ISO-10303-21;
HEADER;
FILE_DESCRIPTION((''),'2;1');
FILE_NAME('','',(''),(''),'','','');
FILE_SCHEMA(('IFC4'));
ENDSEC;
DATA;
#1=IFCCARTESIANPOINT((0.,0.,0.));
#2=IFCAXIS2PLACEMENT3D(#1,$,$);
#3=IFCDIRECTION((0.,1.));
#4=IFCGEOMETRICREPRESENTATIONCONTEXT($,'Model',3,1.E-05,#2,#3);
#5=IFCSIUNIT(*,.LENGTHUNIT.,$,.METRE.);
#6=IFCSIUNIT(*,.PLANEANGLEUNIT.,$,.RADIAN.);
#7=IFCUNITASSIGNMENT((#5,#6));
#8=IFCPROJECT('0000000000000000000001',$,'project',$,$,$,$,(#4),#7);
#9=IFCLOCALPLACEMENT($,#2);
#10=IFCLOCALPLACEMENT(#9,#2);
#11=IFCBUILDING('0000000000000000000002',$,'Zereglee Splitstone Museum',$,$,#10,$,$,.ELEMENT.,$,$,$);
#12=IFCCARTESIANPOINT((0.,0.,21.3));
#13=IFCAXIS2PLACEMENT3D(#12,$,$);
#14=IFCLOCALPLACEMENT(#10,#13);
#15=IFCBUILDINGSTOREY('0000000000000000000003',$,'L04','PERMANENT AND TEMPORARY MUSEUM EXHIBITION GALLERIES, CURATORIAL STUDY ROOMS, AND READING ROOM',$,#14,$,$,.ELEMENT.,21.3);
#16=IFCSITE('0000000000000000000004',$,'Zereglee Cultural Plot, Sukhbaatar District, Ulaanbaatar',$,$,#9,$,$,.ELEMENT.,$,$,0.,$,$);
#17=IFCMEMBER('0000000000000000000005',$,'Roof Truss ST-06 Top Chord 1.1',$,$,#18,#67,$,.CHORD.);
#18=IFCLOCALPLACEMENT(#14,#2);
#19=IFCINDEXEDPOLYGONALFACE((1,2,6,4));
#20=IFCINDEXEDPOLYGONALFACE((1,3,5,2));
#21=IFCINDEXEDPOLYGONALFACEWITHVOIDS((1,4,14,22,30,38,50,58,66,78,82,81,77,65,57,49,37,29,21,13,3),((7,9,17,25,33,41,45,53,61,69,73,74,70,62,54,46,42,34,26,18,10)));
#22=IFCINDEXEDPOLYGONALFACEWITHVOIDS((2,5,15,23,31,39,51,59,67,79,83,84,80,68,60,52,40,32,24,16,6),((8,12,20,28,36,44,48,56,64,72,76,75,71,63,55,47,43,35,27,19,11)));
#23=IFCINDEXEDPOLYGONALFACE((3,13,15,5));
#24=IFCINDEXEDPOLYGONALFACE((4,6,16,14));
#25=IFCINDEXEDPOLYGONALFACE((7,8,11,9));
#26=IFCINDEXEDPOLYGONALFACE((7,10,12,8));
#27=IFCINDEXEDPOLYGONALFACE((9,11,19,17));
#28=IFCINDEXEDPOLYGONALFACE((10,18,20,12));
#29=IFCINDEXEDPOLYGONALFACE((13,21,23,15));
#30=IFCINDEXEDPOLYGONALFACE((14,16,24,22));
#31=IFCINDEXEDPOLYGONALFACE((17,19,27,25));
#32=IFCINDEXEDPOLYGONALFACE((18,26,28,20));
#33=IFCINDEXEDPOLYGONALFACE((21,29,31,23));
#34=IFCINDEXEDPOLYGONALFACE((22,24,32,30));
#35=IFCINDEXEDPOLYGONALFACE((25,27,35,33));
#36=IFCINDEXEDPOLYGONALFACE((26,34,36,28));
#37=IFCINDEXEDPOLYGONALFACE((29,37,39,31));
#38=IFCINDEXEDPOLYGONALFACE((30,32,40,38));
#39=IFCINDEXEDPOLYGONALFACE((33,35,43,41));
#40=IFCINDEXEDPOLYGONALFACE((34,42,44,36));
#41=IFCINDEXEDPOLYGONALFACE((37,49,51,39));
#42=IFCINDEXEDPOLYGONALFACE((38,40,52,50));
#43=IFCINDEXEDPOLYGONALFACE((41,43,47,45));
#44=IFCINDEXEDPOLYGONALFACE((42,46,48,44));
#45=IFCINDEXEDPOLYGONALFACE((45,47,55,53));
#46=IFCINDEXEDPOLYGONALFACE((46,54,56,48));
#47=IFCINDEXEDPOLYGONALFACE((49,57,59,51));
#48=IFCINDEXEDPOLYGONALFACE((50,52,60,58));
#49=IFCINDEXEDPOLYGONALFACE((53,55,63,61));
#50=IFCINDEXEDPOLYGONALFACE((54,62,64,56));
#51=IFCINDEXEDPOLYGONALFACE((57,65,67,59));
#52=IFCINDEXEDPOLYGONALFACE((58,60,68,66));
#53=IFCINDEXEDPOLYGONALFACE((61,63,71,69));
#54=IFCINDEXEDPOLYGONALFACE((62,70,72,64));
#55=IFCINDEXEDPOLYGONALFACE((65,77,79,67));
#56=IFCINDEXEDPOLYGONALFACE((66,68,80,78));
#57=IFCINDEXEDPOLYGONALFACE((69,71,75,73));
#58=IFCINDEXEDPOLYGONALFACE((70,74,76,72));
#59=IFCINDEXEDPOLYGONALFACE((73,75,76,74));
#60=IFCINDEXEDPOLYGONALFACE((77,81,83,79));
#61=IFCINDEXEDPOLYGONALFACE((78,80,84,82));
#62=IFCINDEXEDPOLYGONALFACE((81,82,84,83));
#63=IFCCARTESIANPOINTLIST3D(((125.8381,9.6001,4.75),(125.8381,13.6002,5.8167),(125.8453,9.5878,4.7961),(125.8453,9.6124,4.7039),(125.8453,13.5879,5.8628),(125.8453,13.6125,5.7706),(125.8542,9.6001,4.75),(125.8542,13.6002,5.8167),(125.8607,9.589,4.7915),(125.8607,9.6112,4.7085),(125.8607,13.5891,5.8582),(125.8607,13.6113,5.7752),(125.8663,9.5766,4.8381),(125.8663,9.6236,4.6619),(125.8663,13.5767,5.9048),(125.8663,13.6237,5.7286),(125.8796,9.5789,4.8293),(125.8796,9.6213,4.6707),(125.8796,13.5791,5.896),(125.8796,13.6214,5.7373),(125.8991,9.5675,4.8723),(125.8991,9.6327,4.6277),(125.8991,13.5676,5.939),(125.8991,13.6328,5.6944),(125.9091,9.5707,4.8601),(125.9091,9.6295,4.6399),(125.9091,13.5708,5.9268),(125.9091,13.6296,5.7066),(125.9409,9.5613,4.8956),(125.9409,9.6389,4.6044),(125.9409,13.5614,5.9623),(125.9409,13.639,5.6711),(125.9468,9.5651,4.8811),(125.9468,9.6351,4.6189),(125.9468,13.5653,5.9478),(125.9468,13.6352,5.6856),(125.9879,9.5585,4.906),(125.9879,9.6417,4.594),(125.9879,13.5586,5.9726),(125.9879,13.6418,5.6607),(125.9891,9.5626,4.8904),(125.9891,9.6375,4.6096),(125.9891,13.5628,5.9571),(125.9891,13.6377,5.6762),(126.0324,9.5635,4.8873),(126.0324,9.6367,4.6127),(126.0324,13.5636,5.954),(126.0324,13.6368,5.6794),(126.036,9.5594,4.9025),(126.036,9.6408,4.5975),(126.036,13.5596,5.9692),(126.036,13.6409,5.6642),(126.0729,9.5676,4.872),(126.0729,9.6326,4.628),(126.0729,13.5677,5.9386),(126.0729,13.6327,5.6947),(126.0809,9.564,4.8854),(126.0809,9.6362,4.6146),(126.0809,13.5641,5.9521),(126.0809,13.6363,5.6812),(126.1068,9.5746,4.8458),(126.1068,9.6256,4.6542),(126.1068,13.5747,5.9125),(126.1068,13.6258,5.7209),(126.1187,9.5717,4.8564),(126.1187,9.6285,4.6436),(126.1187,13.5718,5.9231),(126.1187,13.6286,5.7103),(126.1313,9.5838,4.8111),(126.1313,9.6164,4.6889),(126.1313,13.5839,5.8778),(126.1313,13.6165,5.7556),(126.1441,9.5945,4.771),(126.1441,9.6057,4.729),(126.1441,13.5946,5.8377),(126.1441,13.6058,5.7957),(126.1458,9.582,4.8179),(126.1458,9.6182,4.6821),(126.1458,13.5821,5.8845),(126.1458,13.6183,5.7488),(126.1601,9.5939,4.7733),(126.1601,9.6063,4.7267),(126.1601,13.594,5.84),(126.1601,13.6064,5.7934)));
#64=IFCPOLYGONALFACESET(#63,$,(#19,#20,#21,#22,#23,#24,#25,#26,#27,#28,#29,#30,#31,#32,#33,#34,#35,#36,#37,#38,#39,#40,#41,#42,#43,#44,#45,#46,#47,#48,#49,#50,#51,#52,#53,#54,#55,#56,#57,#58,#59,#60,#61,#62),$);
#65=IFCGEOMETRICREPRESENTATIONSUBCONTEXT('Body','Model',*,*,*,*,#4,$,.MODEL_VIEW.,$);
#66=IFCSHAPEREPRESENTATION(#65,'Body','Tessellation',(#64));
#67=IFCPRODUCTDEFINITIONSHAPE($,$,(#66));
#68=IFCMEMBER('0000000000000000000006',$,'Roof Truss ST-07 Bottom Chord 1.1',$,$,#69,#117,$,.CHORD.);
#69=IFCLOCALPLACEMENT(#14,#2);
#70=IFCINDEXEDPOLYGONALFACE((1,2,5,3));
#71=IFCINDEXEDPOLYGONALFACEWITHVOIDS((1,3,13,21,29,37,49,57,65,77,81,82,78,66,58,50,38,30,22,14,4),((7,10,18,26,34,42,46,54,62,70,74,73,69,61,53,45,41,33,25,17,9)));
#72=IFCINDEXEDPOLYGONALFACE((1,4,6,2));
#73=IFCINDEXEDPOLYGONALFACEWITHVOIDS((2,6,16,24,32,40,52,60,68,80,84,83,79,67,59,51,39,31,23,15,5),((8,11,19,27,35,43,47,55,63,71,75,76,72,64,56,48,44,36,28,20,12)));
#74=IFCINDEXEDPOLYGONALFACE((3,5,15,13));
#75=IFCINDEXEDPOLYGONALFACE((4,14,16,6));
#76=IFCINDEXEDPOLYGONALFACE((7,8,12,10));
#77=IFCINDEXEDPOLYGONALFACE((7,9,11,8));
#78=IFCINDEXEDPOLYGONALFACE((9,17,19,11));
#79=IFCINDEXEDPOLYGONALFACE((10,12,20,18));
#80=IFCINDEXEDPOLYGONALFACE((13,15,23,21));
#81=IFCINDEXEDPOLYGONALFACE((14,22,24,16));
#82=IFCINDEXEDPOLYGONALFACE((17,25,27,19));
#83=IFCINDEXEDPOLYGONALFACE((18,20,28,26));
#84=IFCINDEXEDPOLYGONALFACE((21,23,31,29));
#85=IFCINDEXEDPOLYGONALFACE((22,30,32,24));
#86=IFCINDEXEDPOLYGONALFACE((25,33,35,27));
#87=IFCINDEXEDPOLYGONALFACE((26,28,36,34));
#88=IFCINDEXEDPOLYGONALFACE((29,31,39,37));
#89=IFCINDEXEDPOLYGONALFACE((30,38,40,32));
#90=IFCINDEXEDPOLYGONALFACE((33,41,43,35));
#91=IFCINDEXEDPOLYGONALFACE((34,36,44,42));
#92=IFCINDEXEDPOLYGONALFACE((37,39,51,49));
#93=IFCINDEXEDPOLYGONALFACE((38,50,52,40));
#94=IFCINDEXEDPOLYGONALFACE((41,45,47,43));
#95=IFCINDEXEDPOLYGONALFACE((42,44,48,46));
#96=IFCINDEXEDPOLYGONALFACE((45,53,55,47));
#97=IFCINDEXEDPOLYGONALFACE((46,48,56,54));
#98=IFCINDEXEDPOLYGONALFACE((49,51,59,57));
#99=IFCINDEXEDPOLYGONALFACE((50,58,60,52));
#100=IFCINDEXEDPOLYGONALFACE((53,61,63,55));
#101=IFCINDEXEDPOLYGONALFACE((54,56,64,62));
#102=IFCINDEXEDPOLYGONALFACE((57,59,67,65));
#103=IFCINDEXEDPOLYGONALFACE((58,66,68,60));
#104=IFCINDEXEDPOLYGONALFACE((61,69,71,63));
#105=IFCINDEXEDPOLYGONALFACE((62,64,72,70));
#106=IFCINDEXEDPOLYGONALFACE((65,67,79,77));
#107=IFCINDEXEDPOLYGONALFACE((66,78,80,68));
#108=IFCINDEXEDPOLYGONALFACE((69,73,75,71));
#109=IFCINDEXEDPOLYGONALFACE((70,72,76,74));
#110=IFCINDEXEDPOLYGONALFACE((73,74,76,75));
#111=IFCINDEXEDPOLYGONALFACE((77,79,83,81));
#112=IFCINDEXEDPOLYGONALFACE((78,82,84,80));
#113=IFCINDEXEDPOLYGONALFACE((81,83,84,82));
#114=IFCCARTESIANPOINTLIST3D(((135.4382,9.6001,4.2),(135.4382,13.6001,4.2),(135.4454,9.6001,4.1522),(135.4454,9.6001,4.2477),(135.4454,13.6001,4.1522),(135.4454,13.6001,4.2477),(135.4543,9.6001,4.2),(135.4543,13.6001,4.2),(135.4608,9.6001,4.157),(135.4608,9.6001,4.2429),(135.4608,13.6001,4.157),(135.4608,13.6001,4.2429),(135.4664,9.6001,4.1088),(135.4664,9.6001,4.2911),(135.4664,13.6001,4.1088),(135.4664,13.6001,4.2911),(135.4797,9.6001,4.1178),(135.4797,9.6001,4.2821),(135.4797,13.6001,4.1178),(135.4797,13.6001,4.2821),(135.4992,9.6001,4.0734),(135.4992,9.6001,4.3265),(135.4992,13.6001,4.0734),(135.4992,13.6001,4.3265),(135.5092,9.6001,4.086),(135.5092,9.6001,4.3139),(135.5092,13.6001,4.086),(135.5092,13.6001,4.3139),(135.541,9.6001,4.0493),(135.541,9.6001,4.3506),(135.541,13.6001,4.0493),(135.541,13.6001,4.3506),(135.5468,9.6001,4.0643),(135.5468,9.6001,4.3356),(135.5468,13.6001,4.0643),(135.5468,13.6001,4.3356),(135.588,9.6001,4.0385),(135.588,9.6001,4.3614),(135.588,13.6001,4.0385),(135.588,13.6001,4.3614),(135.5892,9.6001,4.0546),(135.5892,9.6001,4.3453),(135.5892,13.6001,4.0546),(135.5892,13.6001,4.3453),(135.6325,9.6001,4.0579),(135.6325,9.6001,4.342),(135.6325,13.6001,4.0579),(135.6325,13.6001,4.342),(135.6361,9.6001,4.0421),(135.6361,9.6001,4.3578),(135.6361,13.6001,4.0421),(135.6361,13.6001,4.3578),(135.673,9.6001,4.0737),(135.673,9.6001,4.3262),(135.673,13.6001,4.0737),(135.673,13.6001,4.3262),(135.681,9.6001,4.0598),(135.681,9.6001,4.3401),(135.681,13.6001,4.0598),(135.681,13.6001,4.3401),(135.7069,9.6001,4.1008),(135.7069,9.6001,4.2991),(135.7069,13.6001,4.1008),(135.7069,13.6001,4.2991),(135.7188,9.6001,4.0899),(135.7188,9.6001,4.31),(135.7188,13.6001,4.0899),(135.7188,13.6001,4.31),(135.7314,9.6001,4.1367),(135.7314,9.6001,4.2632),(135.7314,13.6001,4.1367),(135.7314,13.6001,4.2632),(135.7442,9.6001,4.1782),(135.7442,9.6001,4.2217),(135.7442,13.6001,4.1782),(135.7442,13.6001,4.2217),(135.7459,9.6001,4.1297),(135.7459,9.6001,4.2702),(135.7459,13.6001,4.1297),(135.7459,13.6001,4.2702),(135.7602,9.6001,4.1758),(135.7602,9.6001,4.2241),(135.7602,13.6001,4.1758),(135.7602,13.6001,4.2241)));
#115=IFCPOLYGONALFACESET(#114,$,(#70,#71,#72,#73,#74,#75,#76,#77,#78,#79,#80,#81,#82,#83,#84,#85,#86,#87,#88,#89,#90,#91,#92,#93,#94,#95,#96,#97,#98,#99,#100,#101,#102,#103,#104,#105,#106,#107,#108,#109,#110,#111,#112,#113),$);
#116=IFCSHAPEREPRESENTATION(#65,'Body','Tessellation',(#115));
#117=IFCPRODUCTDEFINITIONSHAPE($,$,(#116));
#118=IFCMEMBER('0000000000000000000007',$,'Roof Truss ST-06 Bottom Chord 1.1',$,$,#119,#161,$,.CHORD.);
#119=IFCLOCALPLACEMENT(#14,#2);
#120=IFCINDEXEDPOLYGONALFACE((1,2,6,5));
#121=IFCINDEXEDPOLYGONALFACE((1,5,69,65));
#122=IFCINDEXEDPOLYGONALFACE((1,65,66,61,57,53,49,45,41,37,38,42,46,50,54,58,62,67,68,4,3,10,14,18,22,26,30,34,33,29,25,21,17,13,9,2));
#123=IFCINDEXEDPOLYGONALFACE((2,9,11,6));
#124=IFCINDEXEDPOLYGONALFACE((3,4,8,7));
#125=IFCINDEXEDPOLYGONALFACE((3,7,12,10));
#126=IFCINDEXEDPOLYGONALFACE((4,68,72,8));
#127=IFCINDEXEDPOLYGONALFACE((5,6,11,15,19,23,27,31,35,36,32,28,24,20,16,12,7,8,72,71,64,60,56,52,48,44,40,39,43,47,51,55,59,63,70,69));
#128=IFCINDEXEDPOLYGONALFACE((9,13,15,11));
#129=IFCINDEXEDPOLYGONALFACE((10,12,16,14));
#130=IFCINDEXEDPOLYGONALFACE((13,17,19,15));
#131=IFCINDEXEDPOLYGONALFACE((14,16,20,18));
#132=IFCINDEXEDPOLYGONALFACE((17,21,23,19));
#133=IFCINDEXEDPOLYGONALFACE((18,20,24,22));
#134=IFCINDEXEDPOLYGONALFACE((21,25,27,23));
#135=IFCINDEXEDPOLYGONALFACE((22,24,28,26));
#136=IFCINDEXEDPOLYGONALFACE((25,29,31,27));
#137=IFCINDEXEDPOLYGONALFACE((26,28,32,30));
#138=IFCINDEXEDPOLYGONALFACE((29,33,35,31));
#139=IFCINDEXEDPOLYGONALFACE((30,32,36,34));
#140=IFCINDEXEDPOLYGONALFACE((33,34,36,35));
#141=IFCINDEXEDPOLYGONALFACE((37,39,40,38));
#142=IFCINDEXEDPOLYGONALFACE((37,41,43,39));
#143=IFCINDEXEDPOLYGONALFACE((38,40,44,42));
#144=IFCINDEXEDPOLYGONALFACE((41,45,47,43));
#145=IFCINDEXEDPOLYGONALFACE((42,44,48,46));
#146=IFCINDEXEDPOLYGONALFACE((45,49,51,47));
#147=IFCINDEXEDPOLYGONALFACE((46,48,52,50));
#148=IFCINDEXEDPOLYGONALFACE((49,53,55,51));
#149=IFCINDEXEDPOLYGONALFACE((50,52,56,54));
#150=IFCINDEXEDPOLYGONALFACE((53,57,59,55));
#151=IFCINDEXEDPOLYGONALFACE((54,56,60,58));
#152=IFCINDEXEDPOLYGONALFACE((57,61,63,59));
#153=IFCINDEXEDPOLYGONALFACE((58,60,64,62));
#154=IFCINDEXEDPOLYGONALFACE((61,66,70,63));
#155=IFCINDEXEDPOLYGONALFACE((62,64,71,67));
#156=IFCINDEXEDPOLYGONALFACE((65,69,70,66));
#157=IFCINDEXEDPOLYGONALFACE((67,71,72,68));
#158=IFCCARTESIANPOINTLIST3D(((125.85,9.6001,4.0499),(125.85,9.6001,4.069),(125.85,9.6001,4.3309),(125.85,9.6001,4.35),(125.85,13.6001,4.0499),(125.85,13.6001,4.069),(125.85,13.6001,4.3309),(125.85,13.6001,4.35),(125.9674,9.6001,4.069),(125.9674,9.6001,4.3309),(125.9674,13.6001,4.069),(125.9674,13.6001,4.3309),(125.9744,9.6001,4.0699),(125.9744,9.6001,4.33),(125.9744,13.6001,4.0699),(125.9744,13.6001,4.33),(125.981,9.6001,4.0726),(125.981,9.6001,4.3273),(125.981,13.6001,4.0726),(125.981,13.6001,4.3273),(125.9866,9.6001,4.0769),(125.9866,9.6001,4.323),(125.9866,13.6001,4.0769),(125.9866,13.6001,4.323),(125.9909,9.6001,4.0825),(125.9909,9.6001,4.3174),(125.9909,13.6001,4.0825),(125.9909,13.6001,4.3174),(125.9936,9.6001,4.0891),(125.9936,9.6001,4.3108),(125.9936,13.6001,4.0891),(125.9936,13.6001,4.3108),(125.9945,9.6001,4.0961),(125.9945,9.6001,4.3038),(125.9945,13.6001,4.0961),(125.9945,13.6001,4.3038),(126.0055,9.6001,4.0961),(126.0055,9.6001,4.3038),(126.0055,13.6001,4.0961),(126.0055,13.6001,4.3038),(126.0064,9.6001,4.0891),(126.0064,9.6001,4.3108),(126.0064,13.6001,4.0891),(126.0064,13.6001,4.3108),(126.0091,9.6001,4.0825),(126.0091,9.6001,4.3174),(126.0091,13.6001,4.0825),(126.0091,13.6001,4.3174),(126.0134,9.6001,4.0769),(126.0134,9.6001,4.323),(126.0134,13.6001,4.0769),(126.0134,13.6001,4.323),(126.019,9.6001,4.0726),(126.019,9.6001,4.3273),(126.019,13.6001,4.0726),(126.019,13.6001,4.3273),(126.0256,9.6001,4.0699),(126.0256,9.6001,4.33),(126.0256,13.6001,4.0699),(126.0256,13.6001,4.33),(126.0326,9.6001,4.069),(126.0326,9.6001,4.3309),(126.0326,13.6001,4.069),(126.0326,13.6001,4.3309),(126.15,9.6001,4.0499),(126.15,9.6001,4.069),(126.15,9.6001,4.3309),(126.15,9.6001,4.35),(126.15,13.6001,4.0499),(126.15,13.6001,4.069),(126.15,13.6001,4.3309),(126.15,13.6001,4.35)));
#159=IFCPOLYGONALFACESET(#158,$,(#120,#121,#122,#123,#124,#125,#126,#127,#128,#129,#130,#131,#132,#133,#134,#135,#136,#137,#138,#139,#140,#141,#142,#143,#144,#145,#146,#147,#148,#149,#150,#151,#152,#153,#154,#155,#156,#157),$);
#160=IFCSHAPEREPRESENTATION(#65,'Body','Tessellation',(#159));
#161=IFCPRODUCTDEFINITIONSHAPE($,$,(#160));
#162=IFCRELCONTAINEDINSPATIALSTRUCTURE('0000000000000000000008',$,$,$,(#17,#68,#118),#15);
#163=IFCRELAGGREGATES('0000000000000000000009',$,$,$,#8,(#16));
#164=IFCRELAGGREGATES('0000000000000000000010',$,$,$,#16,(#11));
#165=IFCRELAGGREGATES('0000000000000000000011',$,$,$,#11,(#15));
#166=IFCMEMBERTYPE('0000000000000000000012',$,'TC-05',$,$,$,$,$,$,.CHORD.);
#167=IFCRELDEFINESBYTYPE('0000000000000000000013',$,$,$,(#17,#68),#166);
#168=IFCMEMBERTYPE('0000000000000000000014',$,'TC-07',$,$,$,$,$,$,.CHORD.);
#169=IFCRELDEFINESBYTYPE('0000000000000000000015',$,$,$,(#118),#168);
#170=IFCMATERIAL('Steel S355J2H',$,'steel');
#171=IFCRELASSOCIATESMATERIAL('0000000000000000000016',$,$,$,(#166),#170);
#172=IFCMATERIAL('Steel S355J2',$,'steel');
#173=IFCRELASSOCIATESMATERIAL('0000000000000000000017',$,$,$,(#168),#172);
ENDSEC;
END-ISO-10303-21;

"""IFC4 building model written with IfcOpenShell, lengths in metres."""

from ifc_helpers import new_model, si_unit, direction, frame, origin, origin_2d, place, context, subcontext, project, spatial, hollow_circle, i_section, extrude, material, material_profile, profile_set, type_object, element, save


model = new_model("IFC4")

# Units and contexts
model_context = context("Model", 3, precision=1e-05, world=origin(), true_north=direction((0.0, 1.0)))
body_context = subcontext(model_context, "Body", "Model", "MODEL_VIEW")
ifc_project = project(units=[si_unit("LENGTHUNIT", "METRE"), si_unit("PLANEANGLEUNIT", "RADIAN")], contexts=[model_context])

# Site, building, storey
site_placement = place(None, origin())
site = spatial("IfcSite", under=ifc_project, at=site_placement, Name="Zereglee Cultural Plot, Sukhbaatar District, Ulaanbaatar", CompositionType="ELEMENT", RefElevation=0.0)
building_placement = place(site_placement, origin())
building = spatial("IfcBuilding", under=site, at=building_placement, Name="Zereglee Splitstone Museum", CompositionType="ELEMENT")
storey_placement = place(building_placement, frame((0.0, 0.0, 21.3)))
storey = spatial("IfcBuildingStorey", under=building, at=storey_placement, Name="L04", Description="PERMANENT AND TEMPORARY MUSEUM EXHIBITION GALLERIES, CURATORIAL STUDY ROOMS, AND READING ROOM", CompositionType="ELEMENT", Elevation=21.3)

# Shared definitions
ifc_material_1 = material(Name="Steel S355J2H", Category="steel")
ifc_material_2 = material(Name="Steel S355J2", Category="steel")

# Members
ifc_material_profile_1 = material_profile(ifc_material_1, hollow_circle(Radius=0.1619, WallThickness=0.0161, at=origin_2d()), Name="CHS 323.9x16")
ifc_profile_set_1 = profile_set([ifc_material_profile_1], Name="Steel S355J2H")
member_type_1 = type_object("IfcMemberType", Name="TC-05", PredefinedType="CHORD", material=ifc_profile_set_1)
member_1_placement = place(storey_placement, frame((126.0, 9.6001, 4.75), z_axis=(0.0, 0.966236, 0.257659), x_axis=(-1.0, 0.0, 0.0)))
element("IfcMember", 1, at=member_1_placement, inside=storey, type_object=member_type_1, Name="Roof Truss ST-06 Top Chord 1.1", PredefinedType="CHORD", context=body_context, shape_type="SweptSolid", body=[
    extrude(hollow_circle(Radius=0.1619, WallThickness=0.0161, at=origin_2d()), origin(), (0.0, 0.0, 1.0), 4.1399),
])
member_2_placement = place(storey_placement, frame((135.6001, 9.6001, 4.2), z_axis=(0.0, 1.0, 0.0), x_axis=(-1.0, 0.0, 0.0)))
element("IfcMember", 2, at=member_2_placement, inside=storey, type_object=member_type_1, Name="Roof Truss ST-07 Bottom Chord 1.1", PredefinedType="CHORD", context=body_context, shape_type="SweptSolid", body=[
    extrude(hollow_circle(Radius=0.1619, WallThickness=0.0161, at=origin_2d()), origin(), (0.0, 0.0, 1.0), 4.0),
])
ifc_material_profile_2 = material_profile(ifc_material_2, i_section(OverallWidth=0.3, OverallDepth=0.3, WebThickness=0.011, FlangeThickness=0.019, FilletRadius=0.0271, at=origin_2d()), Name="HE 300 B")
ifc_profile_set_2 = profile_set([ifc_material_profile_2], Name="Steel S355J2")
member_type_2 = type_object("IfcMemberType", Name="TC-07", PredefinedType="CHORD", material=ifc_profile_set_2)
member_3_placement = place(storey_placement, frame((126.0, 9.6001, 4.2), z_axis=(0.0, 1.0, 0.0), x_axis=(-1.0, 0.0, 0.0)))
element("IfcMember", 3, at=member_3_placement, inside=storey, type_object=member_type_2, Name="Roof Truss ST-06 Bottom Chord 1.1", PredefinedType="CHORD", context=body_context, shape_type="SweptSolid", body=[
    extrude(i_section(OverallWidth=0.3, OverallDepth=0.3, WebThickness=0.011, FlangeThickness=0.019, FilletRadius=0.0271, at=origin_2d()), origin(), (0.0, 0.0, 1.0), 4.0),
])

save(model, "model.ifc")
